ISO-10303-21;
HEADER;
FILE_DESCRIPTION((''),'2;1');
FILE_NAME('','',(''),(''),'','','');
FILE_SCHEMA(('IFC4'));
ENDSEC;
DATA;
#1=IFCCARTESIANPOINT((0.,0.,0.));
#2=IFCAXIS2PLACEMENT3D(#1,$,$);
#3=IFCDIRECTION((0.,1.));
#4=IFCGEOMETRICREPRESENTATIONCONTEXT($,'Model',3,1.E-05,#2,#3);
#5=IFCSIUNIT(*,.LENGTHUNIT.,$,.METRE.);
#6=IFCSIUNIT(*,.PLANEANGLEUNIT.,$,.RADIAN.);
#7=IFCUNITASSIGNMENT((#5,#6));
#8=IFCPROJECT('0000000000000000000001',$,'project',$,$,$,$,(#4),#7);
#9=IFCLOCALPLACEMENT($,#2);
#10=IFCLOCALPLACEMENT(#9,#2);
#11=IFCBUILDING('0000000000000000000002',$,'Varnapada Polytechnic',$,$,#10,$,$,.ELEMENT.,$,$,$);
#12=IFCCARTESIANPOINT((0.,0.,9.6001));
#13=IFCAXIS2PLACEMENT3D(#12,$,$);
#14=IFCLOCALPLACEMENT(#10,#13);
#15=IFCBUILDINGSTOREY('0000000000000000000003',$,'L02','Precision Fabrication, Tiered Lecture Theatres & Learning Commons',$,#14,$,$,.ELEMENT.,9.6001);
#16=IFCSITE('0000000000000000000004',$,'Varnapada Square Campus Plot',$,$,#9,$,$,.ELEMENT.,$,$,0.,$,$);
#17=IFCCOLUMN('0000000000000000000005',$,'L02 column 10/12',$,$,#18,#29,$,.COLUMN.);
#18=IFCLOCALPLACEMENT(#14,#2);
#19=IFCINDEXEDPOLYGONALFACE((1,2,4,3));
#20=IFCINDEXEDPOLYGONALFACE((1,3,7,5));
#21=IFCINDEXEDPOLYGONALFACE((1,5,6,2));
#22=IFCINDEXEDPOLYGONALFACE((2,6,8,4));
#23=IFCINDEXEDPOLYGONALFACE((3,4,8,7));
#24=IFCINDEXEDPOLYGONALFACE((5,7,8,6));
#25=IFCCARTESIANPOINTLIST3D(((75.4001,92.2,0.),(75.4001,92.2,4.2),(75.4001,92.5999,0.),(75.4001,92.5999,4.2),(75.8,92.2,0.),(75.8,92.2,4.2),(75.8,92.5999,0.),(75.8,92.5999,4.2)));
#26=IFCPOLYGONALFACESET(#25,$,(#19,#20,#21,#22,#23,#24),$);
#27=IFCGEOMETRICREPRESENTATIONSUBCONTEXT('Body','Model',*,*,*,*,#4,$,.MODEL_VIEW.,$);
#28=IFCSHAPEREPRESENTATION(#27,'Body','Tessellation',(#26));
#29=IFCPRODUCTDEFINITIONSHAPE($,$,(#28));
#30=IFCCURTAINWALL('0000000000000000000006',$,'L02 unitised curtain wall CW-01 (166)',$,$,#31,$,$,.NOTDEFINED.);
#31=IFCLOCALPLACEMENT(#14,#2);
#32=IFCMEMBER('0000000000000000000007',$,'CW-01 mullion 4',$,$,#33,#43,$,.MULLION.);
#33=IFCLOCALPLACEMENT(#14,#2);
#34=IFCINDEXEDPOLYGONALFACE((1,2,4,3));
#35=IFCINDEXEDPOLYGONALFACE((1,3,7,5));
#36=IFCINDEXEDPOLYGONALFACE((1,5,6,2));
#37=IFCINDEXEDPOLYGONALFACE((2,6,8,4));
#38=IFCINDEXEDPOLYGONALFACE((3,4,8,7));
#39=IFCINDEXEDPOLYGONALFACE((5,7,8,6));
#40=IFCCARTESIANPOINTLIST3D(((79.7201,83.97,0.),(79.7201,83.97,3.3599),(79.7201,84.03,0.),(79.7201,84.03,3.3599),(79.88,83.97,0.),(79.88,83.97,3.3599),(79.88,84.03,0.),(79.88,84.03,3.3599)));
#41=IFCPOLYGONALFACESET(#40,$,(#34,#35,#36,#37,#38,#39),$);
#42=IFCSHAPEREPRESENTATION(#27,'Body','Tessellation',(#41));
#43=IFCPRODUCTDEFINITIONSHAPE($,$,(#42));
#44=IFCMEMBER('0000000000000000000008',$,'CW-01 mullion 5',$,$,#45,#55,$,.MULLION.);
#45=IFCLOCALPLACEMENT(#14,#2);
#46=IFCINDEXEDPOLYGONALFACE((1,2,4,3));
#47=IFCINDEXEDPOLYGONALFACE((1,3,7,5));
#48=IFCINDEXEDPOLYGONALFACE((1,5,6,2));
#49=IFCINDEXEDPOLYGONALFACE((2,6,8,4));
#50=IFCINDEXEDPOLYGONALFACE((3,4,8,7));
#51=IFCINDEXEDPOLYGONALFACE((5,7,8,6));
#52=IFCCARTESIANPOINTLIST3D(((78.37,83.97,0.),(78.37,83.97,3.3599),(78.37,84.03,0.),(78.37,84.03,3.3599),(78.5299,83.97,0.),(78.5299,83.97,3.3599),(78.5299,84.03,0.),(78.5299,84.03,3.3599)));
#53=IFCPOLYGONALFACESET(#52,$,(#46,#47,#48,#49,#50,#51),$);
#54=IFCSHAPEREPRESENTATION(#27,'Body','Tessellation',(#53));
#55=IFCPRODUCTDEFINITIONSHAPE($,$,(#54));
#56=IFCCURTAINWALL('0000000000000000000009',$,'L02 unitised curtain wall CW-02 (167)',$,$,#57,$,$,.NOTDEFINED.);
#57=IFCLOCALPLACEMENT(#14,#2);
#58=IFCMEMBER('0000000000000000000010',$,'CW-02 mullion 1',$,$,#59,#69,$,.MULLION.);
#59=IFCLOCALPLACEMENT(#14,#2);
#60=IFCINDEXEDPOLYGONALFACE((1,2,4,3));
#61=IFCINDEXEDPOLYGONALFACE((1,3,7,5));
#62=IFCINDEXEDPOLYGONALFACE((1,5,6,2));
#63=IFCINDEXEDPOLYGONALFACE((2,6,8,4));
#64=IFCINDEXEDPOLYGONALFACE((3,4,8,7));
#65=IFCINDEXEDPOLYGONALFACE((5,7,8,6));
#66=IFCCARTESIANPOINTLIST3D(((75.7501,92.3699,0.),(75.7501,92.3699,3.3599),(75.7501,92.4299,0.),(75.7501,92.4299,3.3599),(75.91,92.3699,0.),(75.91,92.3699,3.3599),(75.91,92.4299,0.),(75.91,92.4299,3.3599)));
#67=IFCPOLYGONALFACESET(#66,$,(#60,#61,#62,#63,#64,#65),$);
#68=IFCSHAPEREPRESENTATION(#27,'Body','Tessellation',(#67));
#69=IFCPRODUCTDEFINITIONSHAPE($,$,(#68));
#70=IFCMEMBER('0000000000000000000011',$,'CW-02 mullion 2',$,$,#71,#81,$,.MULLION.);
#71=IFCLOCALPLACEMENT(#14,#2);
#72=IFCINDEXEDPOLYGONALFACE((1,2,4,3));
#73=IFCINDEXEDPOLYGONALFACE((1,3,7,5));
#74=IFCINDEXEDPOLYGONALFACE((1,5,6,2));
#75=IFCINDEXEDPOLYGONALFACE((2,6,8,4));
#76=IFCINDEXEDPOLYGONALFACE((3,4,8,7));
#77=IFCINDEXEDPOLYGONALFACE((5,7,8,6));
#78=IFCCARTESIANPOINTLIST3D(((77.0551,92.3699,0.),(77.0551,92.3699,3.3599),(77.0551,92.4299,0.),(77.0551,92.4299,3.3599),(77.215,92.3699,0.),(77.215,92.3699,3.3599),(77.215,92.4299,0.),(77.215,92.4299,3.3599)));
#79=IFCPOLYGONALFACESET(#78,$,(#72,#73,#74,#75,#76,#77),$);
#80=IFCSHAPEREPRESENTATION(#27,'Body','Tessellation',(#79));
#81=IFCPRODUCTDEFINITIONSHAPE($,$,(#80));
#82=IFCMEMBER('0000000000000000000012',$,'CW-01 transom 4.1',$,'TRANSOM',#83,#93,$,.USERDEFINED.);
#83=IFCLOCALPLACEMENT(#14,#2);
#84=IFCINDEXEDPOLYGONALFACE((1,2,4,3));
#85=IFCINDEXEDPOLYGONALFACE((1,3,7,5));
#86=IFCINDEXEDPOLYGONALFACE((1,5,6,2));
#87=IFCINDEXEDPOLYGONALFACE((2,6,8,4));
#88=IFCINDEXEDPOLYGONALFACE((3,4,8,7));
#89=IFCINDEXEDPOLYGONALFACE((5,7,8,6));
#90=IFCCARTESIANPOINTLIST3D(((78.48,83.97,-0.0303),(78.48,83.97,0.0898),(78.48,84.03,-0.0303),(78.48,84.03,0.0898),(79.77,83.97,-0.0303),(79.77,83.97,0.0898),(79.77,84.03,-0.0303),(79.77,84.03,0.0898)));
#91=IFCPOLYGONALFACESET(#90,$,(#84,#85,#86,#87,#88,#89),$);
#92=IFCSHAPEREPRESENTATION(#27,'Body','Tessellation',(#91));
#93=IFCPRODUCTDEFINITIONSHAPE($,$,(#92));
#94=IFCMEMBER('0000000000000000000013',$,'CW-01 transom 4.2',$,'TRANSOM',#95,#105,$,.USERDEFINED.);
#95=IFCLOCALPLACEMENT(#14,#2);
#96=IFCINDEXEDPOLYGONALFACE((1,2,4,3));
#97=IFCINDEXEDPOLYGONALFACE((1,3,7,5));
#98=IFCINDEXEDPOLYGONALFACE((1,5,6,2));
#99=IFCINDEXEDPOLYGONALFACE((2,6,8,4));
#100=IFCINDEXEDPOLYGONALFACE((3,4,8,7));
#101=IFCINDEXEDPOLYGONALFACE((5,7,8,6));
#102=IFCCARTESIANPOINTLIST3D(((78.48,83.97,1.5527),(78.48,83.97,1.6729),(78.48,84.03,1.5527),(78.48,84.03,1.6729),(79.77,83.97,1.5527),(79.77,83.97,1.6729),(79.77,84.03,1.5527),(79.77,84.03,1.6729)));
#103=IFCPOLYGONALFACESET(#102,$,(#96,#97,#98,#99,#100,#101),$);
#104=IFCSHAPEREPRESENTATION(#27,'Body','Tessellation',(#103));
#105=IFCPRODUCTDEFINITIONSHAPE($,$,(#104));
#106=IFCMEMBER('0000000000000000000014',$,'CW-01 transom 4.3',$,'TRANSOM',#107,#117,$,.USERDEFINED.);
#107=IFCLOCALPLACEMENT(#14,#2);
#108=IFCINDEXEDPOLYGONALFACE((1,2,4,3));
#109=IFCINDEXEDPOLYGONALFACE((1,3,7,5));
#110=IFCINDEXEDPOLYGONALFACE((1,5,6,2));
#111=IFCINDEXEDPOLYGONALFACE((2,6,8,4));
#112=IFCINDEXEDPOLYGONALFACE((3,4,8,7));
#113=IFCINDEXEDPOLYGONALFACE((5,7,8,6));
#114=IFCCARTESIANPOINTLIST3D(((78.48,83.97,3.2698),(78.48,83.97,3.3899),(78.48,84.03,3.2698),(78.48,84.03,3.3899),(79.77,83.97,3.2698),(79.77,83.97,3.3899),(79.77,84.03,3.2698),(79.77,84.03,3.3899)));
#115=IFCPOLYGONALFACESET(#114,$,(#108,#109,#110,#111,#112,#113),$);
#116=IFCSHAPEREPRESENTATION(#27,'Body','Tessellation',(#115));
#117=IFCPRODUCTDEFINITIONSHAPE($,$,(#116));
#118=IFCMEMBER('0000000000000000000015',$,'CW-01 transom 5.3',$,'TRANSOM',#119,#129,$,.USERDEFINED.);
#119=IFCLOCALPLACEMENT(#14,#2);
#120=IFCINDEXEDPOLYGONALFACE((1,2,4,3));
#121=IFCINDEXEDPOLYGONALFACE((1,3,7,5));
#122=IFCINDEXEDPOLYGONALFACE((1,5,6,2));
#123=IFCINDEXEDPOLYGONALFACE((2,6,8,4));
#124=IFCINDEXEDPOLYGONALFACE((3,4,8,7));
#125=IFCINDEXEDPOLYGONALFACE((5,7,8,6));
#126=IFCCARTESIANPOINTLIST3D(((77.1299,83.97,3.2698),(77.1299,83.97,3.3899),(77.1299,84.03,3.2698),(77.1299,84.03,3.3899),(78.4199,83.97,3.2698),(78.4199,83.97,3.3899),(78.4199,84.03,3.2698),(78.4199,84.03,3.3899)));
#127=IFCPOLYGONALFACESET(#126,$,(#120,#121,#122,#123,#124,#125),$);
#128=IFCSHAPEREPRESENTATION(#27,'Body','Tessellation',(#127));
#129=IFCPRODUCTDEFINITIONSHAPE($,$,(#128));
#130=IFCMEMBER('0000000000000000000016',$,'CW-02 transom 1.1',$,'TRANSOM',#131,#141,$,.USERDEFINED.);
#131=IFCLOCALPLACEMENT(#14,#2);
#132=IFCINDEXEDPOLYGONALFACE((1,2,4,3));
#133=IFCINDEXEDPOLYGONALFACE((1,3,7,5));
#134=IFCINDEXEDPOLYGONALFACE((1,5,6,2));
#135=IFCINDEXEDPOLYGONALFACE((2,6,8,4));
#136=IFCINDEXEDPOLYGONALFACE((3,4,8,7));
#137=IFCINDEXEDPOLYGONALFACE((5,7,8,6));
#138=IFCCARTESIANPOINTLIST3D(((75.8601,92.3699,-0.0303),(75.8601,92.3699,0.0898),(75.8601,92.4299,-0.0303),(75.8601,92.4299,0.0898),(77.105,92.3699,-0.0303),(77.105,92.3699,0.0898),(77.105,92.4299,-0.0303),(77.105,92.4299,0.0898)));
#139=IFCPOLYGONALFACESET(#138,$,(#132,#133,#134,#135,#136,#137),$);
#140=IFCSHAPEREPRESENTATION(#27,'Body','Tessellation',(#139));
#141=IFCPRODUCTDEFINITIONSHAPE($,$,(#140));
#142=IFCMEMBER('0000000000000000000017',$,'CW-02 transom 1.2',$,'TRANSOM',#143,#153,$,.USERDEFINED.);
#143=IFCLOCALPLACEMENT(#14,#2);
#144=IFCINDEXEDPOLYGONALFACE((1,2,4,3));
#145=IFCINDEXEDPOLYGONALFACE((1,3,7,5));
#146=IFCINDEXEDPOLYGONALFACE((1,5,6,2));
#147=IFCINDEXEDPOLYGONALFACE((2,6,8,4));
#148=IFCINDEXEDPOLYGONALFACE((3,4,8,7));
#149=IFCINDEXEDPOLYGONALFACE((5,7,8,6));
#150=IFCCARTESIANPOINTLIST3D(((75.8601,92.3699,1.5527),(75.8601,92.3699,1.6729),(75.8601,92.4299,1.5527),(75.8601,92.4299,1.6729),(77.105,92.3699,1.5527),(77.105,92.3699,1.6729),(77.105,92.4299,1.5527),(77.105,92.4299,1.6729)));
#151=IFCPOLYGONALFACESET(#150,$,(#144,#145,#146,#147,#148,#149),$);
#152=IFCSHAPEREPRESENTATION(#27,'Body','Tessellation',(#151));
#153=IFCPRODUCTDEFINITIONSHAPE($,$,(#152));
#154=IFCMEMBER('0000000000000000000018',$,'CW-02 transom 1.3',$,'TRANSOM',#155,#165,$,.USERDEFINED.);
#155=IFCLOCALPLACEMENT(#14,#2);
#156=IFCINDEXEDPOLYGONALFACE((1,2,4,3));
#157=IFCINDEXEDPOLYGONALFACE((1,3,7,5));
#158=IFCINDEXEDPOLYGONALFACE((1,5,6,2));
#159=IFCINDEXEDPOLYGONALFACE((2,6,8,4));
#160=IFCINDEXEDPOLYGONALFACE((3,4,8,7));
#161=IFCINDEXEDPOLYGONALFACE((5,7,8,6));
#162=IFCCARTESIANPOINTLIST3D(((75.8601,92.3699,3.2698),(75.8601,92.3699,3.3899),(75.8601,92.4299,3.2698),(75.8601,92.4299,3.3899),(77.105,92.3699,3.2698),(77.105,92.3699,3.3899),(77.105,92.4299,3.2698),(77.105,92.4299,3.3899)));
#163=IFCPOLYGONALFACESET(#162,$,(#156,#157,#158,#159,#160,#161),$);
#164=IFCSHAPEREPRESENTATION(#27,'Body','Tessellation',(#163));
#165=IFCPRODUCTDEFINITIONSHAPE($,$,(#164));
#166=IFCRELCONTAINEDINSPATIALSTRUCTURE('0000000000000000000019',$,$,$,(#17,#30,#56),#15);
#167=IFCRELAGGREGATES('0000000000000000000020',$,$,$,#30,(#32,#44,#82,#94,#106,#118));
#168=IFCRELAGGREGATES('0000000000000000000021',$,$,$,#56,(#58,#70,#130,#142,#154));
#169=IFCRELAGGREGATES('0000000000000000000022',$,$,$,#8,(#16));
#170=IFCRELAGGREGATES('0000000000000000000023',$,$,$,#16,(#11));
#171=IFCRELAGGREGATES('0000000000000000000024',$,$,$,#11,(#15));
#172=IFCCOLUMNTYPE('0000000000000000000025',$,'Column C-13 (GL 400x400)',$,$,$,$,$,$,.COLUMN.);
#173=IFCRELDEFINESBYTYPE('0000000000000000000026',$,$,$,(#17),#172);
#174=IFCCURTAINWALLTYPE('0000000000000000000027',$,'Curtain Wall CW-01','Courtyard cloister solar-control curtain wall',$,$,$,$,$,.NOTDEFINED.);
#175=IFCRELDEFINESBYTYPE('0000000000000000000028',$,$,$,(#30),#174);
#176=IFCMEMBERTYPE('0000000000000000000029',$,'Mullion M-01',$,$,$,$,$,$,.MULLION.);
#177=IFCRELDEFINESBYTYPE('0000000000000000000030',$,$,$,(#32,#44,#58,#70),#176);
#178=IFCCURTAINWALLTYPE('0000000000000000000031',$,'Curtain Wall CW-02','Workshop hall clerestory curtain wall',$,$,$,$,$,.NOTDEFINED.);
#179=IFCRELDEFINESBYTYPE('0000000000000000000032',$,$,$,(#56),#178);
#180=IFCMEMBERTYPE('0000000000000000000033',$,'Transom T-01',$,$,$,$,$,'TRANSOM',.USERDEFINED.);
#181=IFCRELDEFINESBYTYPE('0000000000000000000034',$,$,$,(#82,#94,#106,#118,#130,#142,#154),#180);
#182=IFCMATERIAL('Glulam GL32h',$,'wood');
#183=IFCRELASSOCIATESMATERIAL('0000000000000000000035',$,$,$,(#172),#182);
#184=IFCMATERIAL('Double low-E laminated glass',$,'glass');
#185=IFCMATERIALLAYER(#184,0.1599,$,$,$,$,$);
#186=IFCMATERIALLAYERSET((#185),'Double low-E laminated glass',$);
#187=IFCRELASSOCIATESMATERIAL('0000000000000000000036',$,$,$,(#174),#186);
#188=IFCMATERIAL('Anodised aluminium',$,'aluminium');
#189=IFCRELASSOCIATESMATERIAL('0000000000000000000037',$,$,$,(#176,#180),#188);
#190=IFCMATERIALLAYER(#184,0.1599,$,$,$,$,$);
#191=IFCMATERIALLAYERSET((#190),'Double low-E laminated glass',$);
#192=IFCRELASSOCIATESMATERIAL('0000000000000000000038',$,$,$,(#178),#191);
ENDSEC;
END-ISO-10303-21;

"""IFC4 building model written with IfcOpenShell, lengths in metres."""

from ifc_helpers import new_model, si_unit, direction, frame, origin, origin_2d, place, context, subcontext, project, spatial, rectangle, extrude, material, layer, layer_set, material_profile, profile_set, type_object, element, aggregate, save


model = new_model("IFC4")

# Units and contexts
model_context = context("Model", 3, precision=1e-05, world=origin(), true_north=direction((0.0, 1.0)))
body_context = subcontext(model_context, "Body", "Model", "MODEL_VIEW")
ifc_project = project(units=[si_unit("LENGTHUNIT", "METRE"), si_unit("PLANEANGLEUNIT", "RADIAN")], contexts=[model_context])

# Site, building, storey
site_placement = place(None, origin())
site = spatial("IfcSite", under=ifc_project, at=site_placement, Name="Varnapada Square Campus Plot", CompositionType="ELEMENT", RefElevation=0.0)
building_placement = place(site_placement, origin())
building = spatial("IfcBuilding", under=site, at=building_placement, Name="Varnapada Polytechnic", CompositionType="ELEMENT")
storey_placement = place(building_placement, frame((0.0, 0.0, 9.6001)))
storey = spatial("IfcBuildingStorey", under=building, at=storey_placement, Name="L02", Description="Precision Fabrication, Tiered Lecture Theatres & Learning Commons", CompositionType="ELEMENT", Elevation=9.6001)

# Column
ifc_material_1 = material(Name="Glulam GL32h", Category="wood")
ifc_material_profile_1 = material_profile(ifc_material_1, rectangle(XDim=0.3999, YDim=0.3999, at=origin_2d()), Name="GL 400x400")
ifc_profile_set_1 = profile_set([ifc_material_profile_1], Name="Glulam GL32h")
column_type = type_object("IfcColumnType", Name="Column C-13 (GL 400x400)", PredefinedType="COLUMN", material=ifc_profile_set_1)
column_placement = place(storey_placement, frame((75.6001, 92.3999, 0.0), z_axis=(0.0, 0.0, 1.0), x_axis=(1.0, 0.0, 0.0)))
element("IfcColumn", 1, at=column_placement, inside=storey, type_object=column_type, Name="L02 column 10/12", PredefinedType="COLUMN", context=body_context, shape_type="SweptSolid", body=[
    extrude(rectangle(XDim=0.3999, YDim=0.3999, at=origin_2d()), origin(), (0.0, 0.0, 1.0), 4.2),
])

# Curtain walls, members
ifc_material_2 = material(Name="Double low-E laminated glass", Category="glass")
ifc_layer_1 = layer(ifc_material_2, 0.1599)
ifc_layer_set_1 = layer_set([ifc_layer_1], Name="Double low-E laminated glass")
curtain_wall_type_1 = type_object("IfcCurtainWallType", Name="Curtain Wall CW-01", Description="Courtyard cloister solar-control curtain wall", PredefinedType="NOTDEFINED", material=ifc_layer_set_1)
curtain_wall_1_placement = place(storey_placement, origin())
curtain_wall_1 = element("IfcCurtainWall", 2, at=curtain_wall_1_placement, inside=storey, type_object=curtain_wall_type_1, Name="L02 unitised curtain wall CW-01 (166)", PredefinedType="NOTDEFINED")
ifc_material_3 = material(Name="Anodised aluminium", Category="aluminium")
ifc_material_profile_2 = material_profile(ifc_material_3, rectangle(XDim=0.0601, YDim=0.1599, at=origin_2d()), Name="ALU M60x160")
ifc_profile_set_2 = profile_set([ifc_material_profile_2], Name="Anodised aluminium")
member_type_1 = type_object("IfcMemberType", Name="Mullion M-01", PredefinedType="MULLION", material=ifc_profile_set_2)
member_1_placement = place(storey_placement, frame((79.8, 84.0, 0.0), z_axis=(0.0, 0.0, 1.0), x_axis=(0.0, -1.0, 0.0)))
member_1 = element("IfcMember", 3, at=member_1_placement, type_object=member_type_1, Name="CW-01 mullion 4", PredefinedType="MULLION", context=body_context, shape_type="SweptSolid", body=[
    extrude(rectangle(XDim=0.0601, YDim=0.1599, at=origin_2d()), origin(), (0.0, 0.0, 1.0), 3.3599),
])
member_2_placement = place(storey_placement, frame((78.45, 84.0, 0.0), z_axis=(0.0, 0.0, 1.0), x_axis=(0.0, -1.0, 0.0)))
member_2 = element("IfcMember", 4, at=member_2_placement, type_object=member_type_1, Name="CW-01 mullion 5", PredefinedType="MULLION", context=body_context, shape_type="SweptSolid", body=[
    extrude(rectangle(XDim=0.0601, YDim=0.1599, at=origin_2d()), origin(), (0.0, 0.0, 1.0), 3.3599),
])
ifc_layer_2 = layer(ifc_material_2, 0.1599)
ifc_layer_set_2 = layer_set([ifc_layer_2], Name="Double low-E laminated glass")
curtain_wall_type_2 = type_object("IfcCurtainWallType", Name="Curtain Wall CW-02", Description="Workshop hall clerestory curtain wall", PredefinedType="NOTDEFINED", material=ifc_layer_set_2)
curtain_wall_2_placement = place(storey_placement, origin())
curtain_wall_2 = element("IfcCurtainWall", 5, at=curtain_wall_2_placement, inside=storey, type_object=curtain_wall_type_2, Name="L02 unitised curtain wall CW-02 (167)", PredefinedType="NOTDEFINED")
member_3_placement = place(storey_placement, frame((75.8301, 92.3999, 0.0), z_axis=(0.0, 0.0, 1.0), x_axis=(0.0, 1.0, 0.0)))
member_3 = element("IfcMember", 6, at=member_3_placement, type_object=member_type_1, Name="CW-02 mullion 1", PredefinedType="MULLION", context=body_context, shape_type="SweptSolid", body=[
    extrude(rectangle(XDim=0.0601, YDim=0.1599, at=origin_2d()), origin(), (0.0, 0.0, 1.0), 3.3599),
])
member_4_placement = place(storey_placement, frame((77.135, 92.3999, 0.0), z_axis=(0.0, 0.0, 1.0), x_axis=(0.0, 1.0, 0.0)))
member_4 = element("IfcMember", 7, at=member_4_placement, type_object=member_type_1, Name="CW-02 mullion 2", PredefinedType="MULLION", context=body_context, shape_type="SweptSolid", body=[
    extrude(rectangle(XDim=0.0601, YDim=0.1599, at=origin_2d()), origin(), (0.0, 0.0, 1.0), 3.3599),
])

# Members
ifc_material_profile_3 = material_profile(ifc_material_3, rectangle(XDim=0.0601, YDim=0.1201, at=origin_2d()), Name="ALU T60x120")
ifc_profile_set_3 = profile_set([ifc_material_profile_3], Name="Anodised aluminium")
member_type_2 = type_object("IfcMemberType", Name="Transom T-01", ElementType="TRANSOM", PredefinedType="USERDEFINED", material=ifc_profile_set_3)
member_5_placement = place(storey_placement, frame((79.77, 84.0, 0.0298), z_axis=(-1.0, 0.0, 0.0), x_axis=(0.0, -1.0, 0.0)))
member_5 = element("IfcMember", 8, at=member_5_placement, type_object=member_type_2, Name="CW-01 transom 4.1", ObjectType="TRANSOM", PredefinedType="USERDEFINED", context=body_context, shape_type="SweptSolid", body=[
    extrude(rectangle(XDim=0.0601, YDim=0.1201, at=origin_2d()), origin(), (0.0, 0.0, 1.0), 1.29),
])
member_6_placement = place(storey_placement, frame((79.77, 84.0, 1.6128), z_axis=(-1.0, 0.0, 0.0), x_axis=(0.0, -1.0, 0.0)))
member_6 = element("IfcMember", 9, at=member_6_placement, type_object=member_type_2, Name="CW-01 transom 4.2", ObjectType="TRANSOM", PredefinedType="USERDEFINED", context=body_context, shape_type="SweptSolid", body=[
    extrude(rectangle(XDim=0.0601, YDim=0.1201, at=origin_2d()), origin(), (0.0, 0.0, 1.0), 1.29),
])
member_7_placement = place(storey_placement, frame((79.77, 84.0, 3.3298), z_axis=(-1.0, 0.0, 0.0), x_axis=(0.0, -1.0, 0.0)))
member_7 = element("IfcMember", 10, at=member_7_placement, type_object=member_type_2, Name="CW-01 transom 4.3", ObjectType="TRANSOM", PredefinedType="USERDEFINED", context=body_context, shape_type="SweptSolid", body=[
    extrude(rectangle(XDim=0.0601, YDim=0.1201, at=origin_2d()), origin(), (0.0, 0.0, 1.0), 1.29),
])
member_8_placement = place(storey_placement, frame((78.4199, 84.0, 3.3298), z_axis=(-1.0, 0.0, 0.0), x_axis=(0.0, -1.0, 0.0)))
member_8 = element("IfcMember", 11, at=member_8_placement, type_object=member_type_2, Name="CW-01 transom 5.3", ObjectType="TRANSOM", PredefinedType="USERDEFINED", context=body_context, shape_type="SweptSolid", body=[
    extrude(rectangle(XDim=0.0601, YDim=0.1201, at=origin_2d()), origin(), (0.0, 0.0, 1.0), 1.29),
])
member_9_placement = place(storey_placement, frame((75.8601, 92.3999, 0.0298), z_axis=(1.0, 0.0, 0.0), x_axis=(0.0, 1.0, 0.0)))
member_9 = element("IfcMember", 12, at=member_9_placement, type_object=member_type_2, Name="CW-02 transom 1.1", ObjectType="TRANSOM", PredefinedType="USERDEFINED", context=body_context, shape_type="SweptSolid", body=[
    extrude(rectangle(XDim=0.0601, YDim=0.1201, at=origin_2d()), origin(), (0.0, 0.0, 1.0), 1.2449),
])
member_10_placement = place(storey_placement, frame((75.8601, 92.3999, 1.6128), z_axis=(1.0, 0.0, 0.0), x_axis=(0.0, 1.0, 0.0)))
member_10 = element("IfcMember", 13, at=member_10_placement, type_object=member_type_2, Name="CW-02 transom 1.2", ObjectType="TRANSOM", PredefinedType="USERDEFINED", context=body_context, shape_type="SweptSolid", body=[
    extrude(rectangle(XDim=0.0601, YDim=0.1201, at=origin_2d()), origin(), (0.0, 0.0, 1.0), 1.2449),
])
member_11_placement = place(storey_placement, frame((75.8601, 92.3999, 3.3298), z_axis=(1.0, 0.0, 0.0), x_axis=(0.0, 1.0, 0.0)))
member_11 = element("IfcMember", 14, at=member_11_placement, type_object=member_type_2, Name="CW-02 transom 1.3", ObjectType="TRANSOM", PredefinedType="USERDEFINED", context=body_context, shape_type="SweptSolid", body=[
    extrude(rectangle(XDim=0.0601, YDim=0.1201, at=origin_2d()), origin(), (0.0, 0.0, 1.0), 1.2449),
])

aggregate(curtain_wall_1, [member_1, member_2, member_5, member_6, member_7, member_8])
aggregate(curtain_wall_2, [member_3, member_4, member_9, member_10, member_11])

save(model, "model.ifc")
